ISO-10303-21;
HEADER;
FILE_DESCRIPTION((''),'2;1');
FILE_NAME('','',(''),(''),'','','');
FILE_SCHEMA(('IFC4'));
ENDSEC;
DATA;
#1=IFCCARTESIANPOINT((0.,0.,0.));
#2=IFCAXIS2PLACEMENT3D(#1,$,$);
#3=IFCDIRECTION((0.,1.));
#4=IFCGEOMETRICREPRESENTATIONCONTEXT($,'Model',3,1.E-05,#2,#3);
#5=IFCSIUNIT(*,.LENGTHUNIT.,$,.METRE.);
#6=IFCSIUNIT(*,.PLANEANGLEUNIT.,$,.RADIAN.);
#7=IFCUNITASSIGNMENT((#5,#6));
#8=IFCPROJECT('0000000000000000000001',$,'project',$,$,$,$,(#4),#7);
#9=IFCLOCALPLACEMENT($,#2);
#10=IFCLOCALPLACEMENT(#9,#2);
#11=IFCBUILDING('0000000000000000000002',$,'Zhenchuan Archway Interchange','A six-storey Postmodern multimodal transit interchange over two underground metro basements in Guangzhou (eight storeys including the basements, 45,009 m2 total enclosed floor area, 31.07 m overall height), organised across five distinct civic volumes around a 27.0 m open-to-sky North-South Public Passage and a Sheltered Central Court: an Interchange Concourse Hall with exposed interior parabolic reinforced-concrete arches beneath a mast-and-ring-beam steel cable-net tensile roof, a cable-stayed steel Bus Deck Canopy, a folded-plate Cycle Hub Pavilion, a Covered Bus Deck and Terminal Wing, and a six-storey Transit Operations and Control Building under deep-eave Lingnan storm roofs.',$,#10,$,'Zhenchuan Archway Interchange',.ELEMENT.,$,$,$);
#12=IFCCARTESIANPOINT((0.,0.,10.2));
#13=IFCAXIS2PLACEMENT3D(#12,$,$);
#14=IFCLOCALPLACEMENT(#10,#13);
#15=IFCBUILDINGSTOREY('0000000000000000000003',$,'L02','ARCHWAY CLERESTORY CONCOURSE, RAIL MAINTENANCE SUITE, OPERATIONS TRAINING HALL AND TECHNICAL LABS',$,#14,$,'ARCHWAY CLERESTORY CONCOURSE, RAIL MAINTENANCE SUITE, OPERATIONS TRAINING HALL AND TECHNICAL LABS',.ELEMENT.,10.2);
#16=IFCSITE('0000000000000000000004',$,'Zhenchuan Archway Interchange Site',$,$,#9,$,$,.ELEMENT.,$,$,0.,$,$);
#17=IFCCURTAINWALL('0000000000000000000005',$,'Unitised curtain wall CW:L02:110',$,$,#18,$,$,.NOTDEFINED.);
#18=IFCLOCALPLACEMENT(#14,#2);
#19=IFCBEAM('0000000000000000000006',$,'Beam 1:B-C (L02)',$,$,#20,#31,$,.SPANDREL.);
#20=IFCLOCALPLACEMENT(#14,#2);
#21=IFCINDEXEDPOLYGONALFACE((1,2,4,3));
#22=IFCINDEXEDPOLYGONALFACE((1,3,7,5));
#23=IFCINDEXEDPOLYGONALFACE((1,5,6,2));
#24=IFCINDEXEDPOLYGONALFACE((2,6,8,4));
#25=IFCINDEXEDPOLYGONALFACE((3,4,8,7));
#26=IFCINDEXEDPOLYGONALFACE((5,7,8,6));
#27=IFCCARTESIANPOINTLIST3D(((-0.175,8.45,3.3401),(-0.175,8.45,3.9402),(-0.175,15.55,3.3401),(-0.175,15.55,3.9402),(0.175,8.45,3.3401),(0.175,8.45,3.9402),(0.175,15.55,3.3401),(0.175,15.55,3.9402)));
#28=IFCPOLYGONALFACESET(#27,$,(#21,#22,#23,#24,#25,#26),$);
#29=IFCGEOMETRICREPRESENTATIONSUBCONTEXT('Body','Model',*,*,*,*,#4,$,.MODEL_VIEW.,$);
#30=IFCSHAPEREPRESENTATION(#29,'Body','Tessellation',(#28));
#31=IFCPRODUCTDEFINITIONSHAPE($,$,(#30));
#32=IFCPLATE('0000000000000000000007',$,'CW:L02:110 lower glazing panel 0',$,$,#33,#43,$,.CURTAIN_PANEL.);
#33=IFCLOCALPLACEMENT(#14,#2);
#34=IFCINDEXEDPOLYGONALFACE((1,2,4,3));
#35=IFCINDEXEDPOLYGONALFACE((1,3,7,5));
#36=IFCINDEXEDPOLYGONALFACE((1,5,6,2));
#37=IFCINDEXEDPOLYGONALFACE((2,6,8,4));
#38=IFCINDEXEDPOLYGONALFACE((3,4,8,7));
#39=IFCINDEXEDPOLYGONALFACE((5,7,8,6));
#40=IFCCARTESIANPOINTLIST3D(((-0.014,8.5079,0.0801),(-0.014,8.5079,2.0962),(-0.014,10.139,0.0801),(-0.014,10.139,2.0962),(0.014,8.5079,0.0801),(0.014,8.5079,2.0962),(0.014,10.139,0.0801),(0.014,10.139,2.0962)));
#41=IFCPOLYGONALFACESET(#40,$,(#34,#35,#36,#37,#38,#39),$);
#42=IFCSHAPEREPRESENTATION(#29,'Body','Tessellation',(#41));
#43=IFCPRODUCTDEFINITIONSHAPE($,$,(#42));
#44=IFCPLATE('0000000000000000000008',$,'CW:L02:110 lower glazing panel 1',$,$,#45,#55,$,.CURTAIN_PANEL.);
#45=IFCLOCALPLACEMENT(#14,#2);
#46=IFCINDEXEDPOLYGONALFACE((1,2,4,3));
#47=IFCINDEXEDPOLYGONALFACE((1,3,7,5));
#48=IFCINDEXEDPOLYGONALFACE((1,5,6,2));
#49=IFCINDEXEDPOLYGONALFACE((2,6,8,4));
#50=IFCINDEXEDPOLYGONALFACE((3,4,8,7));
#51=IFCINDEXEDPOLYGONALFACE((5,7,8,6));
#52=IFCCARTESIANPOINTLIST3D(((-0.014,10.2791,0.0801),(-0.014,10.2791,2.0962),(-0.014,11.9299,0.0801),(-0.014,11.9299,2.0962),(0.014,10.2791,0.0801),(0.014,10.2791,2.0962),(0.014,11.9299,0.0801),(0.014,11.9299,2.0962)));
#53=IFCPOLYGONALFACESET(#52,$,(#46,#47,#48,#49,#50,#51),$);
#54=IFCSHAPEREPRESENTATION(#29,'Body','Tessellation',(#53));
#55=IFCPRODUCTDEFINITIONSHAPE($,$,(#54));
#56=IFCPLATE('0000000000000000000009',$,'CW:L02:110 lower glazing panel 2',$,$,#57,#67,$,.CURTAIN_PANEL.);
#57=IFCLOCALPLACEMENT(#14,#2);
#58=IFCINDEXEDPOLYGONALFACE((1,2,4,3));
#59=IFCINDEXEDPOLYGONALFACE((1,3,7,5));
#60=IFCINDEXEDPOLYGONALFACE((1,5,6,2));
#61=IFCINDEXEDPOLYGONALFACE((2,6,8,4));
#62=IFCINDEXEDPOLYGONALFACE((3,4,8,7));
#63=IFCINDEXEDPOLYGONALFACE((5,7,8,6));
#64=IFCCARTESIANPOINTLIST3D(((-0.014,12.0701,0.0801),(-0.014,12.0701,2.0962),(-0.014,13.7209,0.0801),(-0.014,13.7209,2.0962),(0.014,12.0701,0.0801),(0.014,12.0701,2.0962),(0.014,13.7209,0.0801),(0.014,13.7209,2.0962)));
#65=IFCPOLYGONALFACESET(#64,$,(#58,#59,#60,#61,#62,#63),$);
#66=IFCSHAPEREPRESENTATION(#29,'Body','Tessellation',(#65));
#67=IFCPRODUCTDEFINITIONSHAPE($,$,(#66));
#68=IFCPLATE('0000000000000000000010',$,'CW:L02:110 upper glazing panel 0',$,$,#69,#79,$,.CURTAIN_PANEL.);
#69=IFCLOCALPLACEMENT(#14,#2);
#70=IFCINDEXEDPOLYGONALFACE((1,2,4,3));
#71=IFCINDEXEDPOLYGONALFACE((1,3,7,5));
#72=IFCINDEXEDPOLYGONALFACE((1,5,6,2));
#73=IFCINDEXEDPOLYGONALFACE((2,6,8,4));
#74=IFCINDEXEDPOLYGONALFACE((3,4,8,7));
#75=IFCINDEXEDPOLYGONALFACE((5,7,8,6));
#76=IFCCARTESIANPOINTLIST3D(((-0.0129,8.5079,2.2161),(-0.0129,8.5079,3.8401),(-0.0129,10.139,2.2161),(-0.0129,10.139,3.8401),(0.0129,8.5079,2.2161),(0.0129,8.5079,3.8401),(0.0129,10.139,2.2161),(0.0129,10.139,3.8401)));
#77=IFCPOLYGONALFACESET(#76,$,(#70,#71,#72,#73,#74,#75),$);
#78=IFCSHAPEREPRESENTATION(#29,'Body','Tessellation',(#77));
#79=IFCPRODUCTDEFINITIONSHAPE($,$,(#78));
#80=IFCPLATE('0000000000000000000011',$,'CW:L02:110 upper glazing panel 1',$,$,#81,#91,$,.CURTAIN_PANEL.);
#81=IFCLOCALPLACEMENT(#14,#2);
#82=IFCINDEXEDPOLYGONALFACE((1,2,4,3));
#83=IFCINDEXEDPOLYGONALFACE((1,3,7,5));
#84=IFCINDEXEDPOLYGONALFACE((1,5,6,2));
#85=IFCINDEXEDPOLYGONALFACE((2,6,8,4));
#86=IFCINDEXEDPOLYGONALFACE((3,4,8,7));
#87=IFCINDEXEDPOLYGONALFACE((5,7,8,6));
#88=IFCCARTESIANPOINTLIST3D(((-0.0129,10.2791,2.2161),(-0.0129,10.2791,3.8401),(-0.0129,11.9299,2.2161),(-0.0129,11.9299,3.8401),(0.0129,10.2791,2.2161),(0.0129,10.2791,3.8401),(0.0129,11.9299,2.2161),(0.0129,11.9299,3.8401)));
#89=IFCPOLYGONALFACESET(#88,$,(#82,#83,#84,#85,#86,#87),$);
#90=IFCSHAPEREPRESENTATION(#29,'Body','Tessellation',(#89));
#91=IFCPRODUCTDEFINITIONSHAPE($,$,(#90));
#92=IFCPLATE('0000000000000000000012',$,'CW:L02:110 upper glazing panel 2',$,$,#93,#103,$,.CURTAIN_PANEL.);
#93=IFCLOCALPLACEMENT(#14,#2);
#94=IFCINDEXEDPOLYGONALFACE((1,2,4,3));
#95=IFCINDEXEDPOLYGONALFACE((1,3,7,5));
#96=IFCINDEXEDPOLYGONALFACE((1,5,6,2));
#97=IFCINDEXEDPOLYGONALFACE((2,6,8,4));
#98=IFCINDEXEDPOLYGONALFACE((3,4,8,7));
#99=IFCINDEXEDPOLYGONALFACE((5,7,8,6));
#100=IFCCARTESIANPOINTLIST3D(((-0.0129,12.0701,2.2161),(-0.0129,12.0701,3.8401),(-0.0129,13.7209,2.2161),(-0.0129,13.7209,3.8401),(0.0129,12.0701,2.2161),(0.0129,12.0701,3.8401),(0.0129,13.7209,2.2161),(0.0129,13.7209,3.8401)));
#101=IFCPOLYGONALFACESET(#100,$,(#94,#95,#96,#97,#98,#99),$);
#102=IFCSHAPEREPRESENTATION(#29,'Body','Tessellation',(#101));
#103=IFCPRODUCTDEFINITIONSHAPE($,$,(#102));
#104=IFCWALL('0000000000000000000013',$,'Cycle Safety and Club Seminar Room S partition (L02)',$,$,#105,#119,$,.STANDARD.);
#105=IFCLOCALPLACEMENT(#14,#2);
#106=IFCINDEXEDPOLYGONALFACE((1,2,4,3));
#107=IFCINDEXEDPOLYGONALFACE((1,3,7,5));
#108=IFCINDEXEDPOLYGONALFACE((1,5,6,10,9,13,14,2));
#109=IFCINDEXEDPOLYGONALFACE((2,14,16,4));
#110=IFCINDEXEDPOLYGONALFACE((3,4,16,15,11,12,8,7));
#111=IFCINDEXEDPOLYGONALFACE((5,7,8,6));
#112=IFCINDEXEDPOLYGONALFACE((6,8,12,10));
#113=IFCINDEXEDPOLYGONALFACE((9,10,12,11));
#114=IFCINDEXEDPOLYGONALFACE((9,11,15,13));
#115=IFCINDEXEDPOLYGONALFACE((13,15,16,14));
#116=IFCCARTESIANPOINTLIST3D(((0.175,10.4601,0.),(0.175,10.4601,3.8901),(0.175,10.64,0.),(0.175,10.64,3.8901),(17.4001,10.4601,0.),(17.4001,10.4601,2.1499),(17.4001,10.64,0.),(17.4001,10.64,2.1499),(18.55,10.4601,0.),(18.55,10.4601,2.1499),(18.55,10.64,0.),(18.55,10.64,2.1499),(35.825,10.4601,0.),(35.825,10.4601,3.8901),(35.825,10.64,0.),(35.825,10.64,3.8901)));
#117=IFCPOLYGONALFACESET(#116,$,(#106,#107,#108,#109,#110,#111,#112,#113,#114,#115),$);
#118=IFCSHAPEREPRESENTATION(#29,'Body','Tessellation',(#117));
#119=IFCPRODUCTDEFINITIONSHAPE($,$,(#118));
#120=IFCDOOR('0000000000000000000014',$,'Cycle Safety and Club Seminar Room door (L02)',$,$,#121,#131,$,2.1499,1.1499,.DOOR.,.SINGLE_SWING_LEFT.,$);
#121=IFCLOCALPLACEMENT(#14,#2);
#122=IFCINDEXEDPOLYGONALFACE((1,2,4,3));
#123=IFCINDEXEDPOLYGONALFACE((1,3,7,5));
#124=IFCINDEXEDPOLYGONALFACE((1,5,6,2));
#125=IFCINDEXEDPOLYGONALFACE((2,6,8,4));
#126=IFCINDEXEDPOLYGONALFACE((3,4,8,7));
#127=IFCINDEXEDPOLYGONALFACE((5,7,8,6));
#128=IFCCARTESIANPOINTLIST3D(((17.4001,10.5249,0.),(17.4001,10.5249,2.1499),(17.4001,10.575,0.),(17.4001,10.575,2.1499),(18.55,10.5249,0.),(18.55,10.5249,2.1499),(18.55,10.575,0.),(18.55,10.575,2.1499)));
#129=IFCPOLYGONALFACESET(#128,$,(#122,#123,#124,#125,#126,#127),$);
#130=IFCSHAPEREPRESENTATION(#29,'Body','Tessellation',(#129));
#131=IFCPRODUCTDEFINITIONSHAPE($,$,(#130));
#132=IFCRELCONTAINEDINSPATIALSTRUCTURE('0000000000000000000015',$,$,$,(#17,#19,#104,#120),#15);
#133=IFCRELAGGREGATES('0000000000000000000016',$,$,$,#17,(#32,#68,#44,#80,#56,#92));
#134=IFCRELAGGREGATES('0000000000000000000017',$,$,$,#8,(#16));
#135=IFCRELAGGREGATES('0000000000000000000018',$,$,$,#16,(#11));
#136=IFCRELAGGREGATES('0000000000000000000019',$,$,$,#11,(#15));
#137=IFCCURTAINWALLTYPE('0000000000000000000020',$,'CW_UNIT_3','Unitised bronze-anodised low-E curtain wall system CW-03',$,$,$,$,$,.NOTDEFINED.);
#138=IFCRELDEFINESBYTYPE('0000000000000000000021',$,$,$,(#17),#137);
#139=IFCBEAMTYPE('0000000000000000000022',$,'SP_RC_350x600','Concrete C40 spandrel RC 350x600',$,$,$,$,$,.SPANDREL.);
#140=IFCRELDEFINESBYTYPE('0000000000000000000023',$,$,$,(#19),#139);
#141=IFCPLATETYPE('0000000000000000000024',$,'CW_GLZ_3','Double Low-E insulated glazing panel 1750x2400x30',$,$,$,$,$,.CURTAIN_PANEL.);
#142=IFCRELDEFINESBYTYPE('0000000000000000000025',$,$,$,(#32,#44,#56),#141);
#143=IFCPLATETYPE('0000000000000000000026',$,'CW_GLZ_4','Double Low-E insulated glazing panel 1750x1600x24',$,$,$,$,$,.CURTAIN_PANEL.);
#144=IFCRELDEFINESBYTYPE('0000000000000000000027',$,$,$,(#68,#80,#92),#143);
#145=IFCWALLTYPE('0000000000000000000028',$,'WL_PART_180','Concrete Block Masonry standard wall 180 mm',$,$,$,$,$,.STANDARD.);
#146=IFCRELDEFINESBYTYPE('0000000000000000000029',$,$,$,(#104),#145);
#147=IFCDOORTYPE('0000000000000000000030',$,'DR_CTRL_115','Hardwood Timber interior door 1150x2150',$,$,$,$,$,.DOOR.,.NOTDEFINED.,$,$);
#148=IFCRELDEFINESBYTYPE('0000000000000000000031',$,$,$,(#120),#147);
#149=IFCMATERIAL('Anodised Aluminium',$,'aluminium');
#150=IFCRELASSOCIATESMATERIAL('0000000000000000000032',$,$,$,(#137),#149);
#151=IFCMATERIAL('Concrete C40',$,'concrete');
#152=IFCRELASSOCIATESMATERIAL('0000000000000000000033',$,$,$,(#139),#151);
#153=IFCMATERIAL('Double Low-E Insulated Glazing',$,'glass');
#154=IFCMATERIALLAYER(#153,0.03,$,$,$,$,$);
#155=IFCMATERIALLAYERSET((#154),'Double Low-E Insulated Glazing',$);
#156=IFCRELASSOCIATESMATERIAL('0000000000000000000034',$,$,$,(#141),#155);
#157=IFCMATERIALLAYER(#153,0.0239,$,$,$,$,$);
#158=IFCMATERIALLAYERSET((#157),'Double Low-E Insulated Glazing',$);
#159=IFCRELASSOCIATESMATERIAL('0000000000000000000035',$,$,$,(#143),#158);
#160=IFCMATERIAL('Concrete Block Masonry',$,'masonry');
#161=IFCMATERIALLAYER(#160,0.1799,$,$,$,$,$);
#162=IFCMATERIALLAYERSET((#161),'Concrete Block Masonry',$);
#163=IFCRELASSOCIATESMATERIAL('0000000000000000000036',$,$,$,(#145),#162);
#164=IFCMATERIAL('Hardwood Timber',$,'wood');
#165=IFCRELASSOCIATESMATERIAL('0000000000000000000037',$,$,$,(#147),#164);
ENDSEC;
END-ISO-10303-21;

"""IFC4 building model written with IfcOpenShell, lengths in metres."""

from ifc_helpers import new_model, si_unit, direction, frame, frame_2d, origin, origin_2d, place, context, subcontext, project, spatial, rectangle, extrude, material, layer, layer_set, material_profile, profile_set, type_object, element, fill, aggregate, save


model = new_model("IFC4")

# Units and contexts
model_context = context("Model", 3, precision=1e-05, world=origin(), true_north=direction((0.0, 1.0)))
body_context = subcontext(model_context, "Body", "Model", "MODEL_VIEW")
ifc_project = project(units=[si_unit("LENGTHUNIT", "METRE"), si_unit("PLANEANGLEUNIT", "RADIAN")], contexts=[model_context])

# Site, building, storey
site_placement = place(None, origin())
site = spatial("IfcSite", under=ifc_project, at=site_placement, Name="Zhenchuan Archway Interchange Site", CompositionType="ELEMENT", RefElevation=0.0)
building_placement = place(site_placement, origin())
building = spatial("IfcBuilding", under=site, at=building_placement, Name="Zhenchuan Archway Interchange", Description="A six-storey Postmodern multimodal transit interchange over two underground metro basements in Guangzhou (eight storeys including the basements, 45,009 m2 total enclosed floor area, 31.07 m overall height), organised across five distinct civic volumes around a 27.0 m open-to-sky North-South Public Passage and a Sheltered Central Court: an Interchange Concourse Hall with exposed interior parabolic reinforced-concrete arches beneath a mast-and-ring-beam steel cable-net tensile roof, a cable-stayed steel Bus Deck Canopy, a folded-plate Cycle Hub Pavilion, a Covered Bus Deck and Terminal Wing, and a six-storey Transit Operations and Control Building under deep-eave Lingnan storm roofs.", LongName="Zhenchuan Archway Interchange", CompositionType="ELEMENT")
storey_placement = place(building_placement, frame((0.0, 0.0, 10.2)))
storey = spatial("IfcBuildingStorey", under=building, at=storey_placement, Name="L02", Description="ARCHWAY CLERESTORY CONCOURSE, RAIL MAINTENANCE SUITE, OPERATIONS TRAINING HALL AND TECHNICAL LABS", LongName="ARCHWAY CLERESTORY CONCOURSE, RAIL MAINTENANCE SUITE, OPERATIONS TRAINING HALL AND TECHNICAL LABS", CompositionType="ELEMENT", Elevation=10.2)

# Curtain wall
ifc_material_1 = material(Name="Anodised Aluminium", Category="aluminium")
curtain_wall_type = type_object("IfcCurtainWallType", Name="CW_UNIT_3", Description="Unitised bronze-anodised low-E curtain wall system CW-03", PredefinedType="NOTDEFINED", material=ifc_material_1)
curtain_wall_placement = place(storey_placement, origin())
curtain_wall = element("IfcCurtainWall", 1, at=curtain_wall_placement, inside=storey, type_object=curtain_wall_type, Name="Unitised curtain wall CW:L02:110", PredefinedType="NOTDEFINED")

# Beam
ifc_material_2 = material(Name="Concrete C40", Category="concrete")
ifc_material_profile_1 = material_profile(ifc_material_2, rectangle(XDim=0.3501, YDim=0.6001, at=origin_2d()), Name="RC 350x600")
ifc_profile_set_1 = profile_set([ifc_material_profile_1], Name="Concrete C40")
beam_type_1 = type_object("IfcBeamType", Name="SP_RC_350x600", Description="Concrete C40 spandrel RC 350x600", PredefinedType="SPANDREL", material=ifc_profile_set_1)
beam_1_placement = place(storey_placement, frame((0.0, 8.45, 3.6401), z_axis=(0.0, 1.0, 0.0), x_axis=(-1.0, 0.0, 0.0)))
element("IfcBeam", 2, at=beam_1_placement, inside=storey, type_object=beam_type_1, Name="Beam 1:B-C (L02)", PredefinedType="SPANDREL", context=body_context, shape_type="SweptSolid", body=[
    extrude(rectangle(XDim=0.3501, YDim=0.6001, at=origin_2d()), origin(), (0.0, 0.0, 1.0), 7.1001),
])

# Plates
ifc_material_3 = material(Name="Double Low-E Insulated Glazing", Category="glass")
ifc_layer_1 = layer(ifc_material_3, 0.03)
ifc_layer_set_1 = layer_set([ifc_layer_1], Name="Double Low-E Insulated Glazing")
plate_type_1 = type_object("IfcPlateType", Name="CW_GLZ_3", Description="Double Low-E insulated glazing panel 1750x2400x30", PredefinedType="CURTAIN_PANEL", material=ifc_layer_set_1)
plate_1_placement = place(storey_placement, frame((0.0, 9.3235, 0.0801), z_axis=(0.0, 0.0, 1.0), x_axis=(0.0, 1.0, 0.0)))
plate_1 = element("IfcPlate", 3, at=plate_1_placement, type_object=plate_type_1, Name="CW:L02:110 lower glazing panel 0", PredefinedType="CURTAIN_PANEL", context=body_context, shape_type="SweptSolid", body=[
    extrude(rectangle(XDim=1.6311, YDim=0.0281, at=origin_2d()), origin(), (0.0, 0.0, 1.0), 2.0161),
])
plate_2_placement = place(storey_placement, frame((0.0, 11.1045, 0.0801), z_axis=(0.0, 0.0, 1.0), x_axis=(0.0, 1.0, 0.0)))
plate_2 = element("IfcPlate", 4, at=plate_2_placement, type_object=plate_type_1, Name="CW:L02:110 lower glazing panel 1", PredefinedType="CURTAIN_PANEL", context=body_context, shape_type="SweptSolid", body=[
    extrude(rectangle(XDim=1.6509, YDim=0.0281, at=origin_2d()), origin(), (0.0, 0.0, 1.0), 2.0161),
])
plate_3_placement = place(storey_placement, frame((0.0, 12.8955, 0.0801), z_axis=(0.0, 0.0, 1.0), x_axis=(0.0, 1.0, 0.0)))
plate_3 = element("IfcPlate", 5, at=plate_3_placement, type_object=plate_type_1, Name="CW:L02:110 lower glazing panel 2", PredefinedType="CURTAIN_PANEL", context=body_context, shape_type="SweptSolid", body=[
    extrude(rectangle(XDim=1.6509, YDim=0.0281, at=origin_2d()), origin(), (0.0, 0.0, 1.0), 2.0161),
])
ifc_layer_2 = layer(ifc_material_3, 0.0239)
ifc_layer_set_2 = layer_set([ifc_layer_2], Name="Double Low-E Insulated Glazing")
plate_type_2 = type_object("IfcPlateType", Name="CW_GLZ_4", Description="Double Low-E insulated glazing panel 1750x1600x24", PredefinedType="CURTAIN_PANEL", material=ifc_layer_set_2)
plate_4_placement = place(storey_placement, frame((0.0, 9.3235, 2.2161), z_axis=(0.0, 0.0, 1.0), x_axis=(0.0, 1.0, 0.0)))
plate_4 = element("IfcPlate", 6, at=plate_4_placement, type_object=plate_type_2, Name="CW:L02:110 upper glazing panel 0", PredefinedType="CURTAIN_PANEL", context=body_context, shape_type="SweptSolid", body=[
    extrude(rectangle(XDim=1.6311, YDim=0.0259, at=origin_2d()), origin(), (0.0, 0.0, 1.0), 1.624),
])
plate_5_placement = place(storey_placement, frame((0.0, 11.1045, 2.2161), z_axis=(0.0, 0.0, 1.0), x_axis=(0.0, 1.0, 0.0)))
plate_5 = element("IfcPlate", 7, at=plate_5_placement, type_object=plate_type_2, Name="CW:L02:110 upper glazing panel 1", PredefinedType="CURTAIN_PANEL", context=body_context, shape_type="SweptSolid", body=[
    extrude(rectangle(XDim=1.6509, YDim=0.0259, at=origin_2d()), origin(), (0.0, 0.0, 1.0), 1.624),
])
plate_6_placement = place(storey_placement, frame((0.0, 12.8955, 2.2161), z_axis=(0.0, 0.0, 1.0), x_axis=(0.0, 1.0, 0.0)))
plate_6 = element("IfcPlate", 8, at=plate_6_placement, type_object=plate_type_2, Name="CW:L02:110 upper glazing panel 2", PredefinedType="CURTAIN_PANEL", context=body_context, shape_type="SweptSolid", body=[
    extrude(rectangle(XDim=1.6509, YDim=0.0259, at=origin_2d()), origin(), (0.0, 0.0, 1.0), 1.624),
])
aggregate(curtain_wall, [plate_1, plate_4, plate_2, plate_5, plate_3, plate_6])

# Wall, opening, door
ifc_material_4 = material(Name="Concrete Block Masonry", Category="masonry")
ifc_layer_3 = layer(ifc_material_4, 0.1799)
ifc_layer_set_3 = layer_set([ifc_layer_3], Name="Concrete Block Masonry")
wall_type = type_object("IfcWallType", Name="WL_PART_180", Description="Concrete Block Masonry standard wall 180 mm", PredefinedType="STANDARD", material=ifc_layer_set_3)
wall_placement = place(storey_placement, frame((0.175, 10.55, 0.0), z_axis=(0.0, 0.0, 1.0), x_axis=(1.0, 0.0, 0.0)))
wall = element("IfcWall", 9, at=wall_placement, inside=storey, type_object=wall_type, Name="Cycle Safety and Club Seminar Room S partition (L02)", PredefinedType="STANDARD", context=body_context, shape_type="SweptSolid", body=[
    extrude(rectangle(XDim=35.6499, YDim=0.1799, at=frame_2d((17.825, 0.0))), origin(), (0.0, 0.0, 1.0), 3.8901),
])
opening_placement = place(wall_placement, frame((17.2251, 0.0, 0.0)))
opening = element("IfcOpeningElement", 10, at=opening_placement, cuts=wall, PredefinedType="OPENING", context=body_context, shape_type="SweptSolid", body=[
    extrude(rectangle(XDim=1.1499, YDim=2.1499, at=frame_2d((0.575, 1.075))), frame((0.0, 0.1021, 0.0), z_axis=(0.0, -1.0, 0.0), x_axis=(1.0, 0.0, 0.0)), (0.0, 0.0, 1.0), 0.2039),
])
ifc_material_5 = material(Name="Hardwood Timber", Category="wood")
door_type = type_object("IfcDoorType", Name="DR_CTRL_115", Description="Hardwood Timber interior door 1150x2150", OperationType="NOTDEFINED", PredefinedType="DOOR", material=ifc_material_5)
door_placement = place(opening_placement, origin())
door = element("IfcDoor", 11, at=door_placement, inside=storey, type_object=door_type, Name="Cycle Safety and Club Seminar Room door (L02)", OperationType="SINGLE_SWING_LEFT", OverallHeight=2.1499, OverallWidth=1.1499, PredefinedType="DOOR", context=body_context, shape_type="SweptSolid", body=[
    extrude(rectangle(XDim=1.1499, YDim=2.1499, at=frame_2d((0.575, 1.075))), frame((0.0, 0.0249, 0.0), z_axis=(0.0, -1.0, 0.0), x_axis=(1.0, 0.0, 0.0)), (0.0, 0.0, 1.0), 0.05),
])
fill(opening, door)

save(model, "model.ifc")
